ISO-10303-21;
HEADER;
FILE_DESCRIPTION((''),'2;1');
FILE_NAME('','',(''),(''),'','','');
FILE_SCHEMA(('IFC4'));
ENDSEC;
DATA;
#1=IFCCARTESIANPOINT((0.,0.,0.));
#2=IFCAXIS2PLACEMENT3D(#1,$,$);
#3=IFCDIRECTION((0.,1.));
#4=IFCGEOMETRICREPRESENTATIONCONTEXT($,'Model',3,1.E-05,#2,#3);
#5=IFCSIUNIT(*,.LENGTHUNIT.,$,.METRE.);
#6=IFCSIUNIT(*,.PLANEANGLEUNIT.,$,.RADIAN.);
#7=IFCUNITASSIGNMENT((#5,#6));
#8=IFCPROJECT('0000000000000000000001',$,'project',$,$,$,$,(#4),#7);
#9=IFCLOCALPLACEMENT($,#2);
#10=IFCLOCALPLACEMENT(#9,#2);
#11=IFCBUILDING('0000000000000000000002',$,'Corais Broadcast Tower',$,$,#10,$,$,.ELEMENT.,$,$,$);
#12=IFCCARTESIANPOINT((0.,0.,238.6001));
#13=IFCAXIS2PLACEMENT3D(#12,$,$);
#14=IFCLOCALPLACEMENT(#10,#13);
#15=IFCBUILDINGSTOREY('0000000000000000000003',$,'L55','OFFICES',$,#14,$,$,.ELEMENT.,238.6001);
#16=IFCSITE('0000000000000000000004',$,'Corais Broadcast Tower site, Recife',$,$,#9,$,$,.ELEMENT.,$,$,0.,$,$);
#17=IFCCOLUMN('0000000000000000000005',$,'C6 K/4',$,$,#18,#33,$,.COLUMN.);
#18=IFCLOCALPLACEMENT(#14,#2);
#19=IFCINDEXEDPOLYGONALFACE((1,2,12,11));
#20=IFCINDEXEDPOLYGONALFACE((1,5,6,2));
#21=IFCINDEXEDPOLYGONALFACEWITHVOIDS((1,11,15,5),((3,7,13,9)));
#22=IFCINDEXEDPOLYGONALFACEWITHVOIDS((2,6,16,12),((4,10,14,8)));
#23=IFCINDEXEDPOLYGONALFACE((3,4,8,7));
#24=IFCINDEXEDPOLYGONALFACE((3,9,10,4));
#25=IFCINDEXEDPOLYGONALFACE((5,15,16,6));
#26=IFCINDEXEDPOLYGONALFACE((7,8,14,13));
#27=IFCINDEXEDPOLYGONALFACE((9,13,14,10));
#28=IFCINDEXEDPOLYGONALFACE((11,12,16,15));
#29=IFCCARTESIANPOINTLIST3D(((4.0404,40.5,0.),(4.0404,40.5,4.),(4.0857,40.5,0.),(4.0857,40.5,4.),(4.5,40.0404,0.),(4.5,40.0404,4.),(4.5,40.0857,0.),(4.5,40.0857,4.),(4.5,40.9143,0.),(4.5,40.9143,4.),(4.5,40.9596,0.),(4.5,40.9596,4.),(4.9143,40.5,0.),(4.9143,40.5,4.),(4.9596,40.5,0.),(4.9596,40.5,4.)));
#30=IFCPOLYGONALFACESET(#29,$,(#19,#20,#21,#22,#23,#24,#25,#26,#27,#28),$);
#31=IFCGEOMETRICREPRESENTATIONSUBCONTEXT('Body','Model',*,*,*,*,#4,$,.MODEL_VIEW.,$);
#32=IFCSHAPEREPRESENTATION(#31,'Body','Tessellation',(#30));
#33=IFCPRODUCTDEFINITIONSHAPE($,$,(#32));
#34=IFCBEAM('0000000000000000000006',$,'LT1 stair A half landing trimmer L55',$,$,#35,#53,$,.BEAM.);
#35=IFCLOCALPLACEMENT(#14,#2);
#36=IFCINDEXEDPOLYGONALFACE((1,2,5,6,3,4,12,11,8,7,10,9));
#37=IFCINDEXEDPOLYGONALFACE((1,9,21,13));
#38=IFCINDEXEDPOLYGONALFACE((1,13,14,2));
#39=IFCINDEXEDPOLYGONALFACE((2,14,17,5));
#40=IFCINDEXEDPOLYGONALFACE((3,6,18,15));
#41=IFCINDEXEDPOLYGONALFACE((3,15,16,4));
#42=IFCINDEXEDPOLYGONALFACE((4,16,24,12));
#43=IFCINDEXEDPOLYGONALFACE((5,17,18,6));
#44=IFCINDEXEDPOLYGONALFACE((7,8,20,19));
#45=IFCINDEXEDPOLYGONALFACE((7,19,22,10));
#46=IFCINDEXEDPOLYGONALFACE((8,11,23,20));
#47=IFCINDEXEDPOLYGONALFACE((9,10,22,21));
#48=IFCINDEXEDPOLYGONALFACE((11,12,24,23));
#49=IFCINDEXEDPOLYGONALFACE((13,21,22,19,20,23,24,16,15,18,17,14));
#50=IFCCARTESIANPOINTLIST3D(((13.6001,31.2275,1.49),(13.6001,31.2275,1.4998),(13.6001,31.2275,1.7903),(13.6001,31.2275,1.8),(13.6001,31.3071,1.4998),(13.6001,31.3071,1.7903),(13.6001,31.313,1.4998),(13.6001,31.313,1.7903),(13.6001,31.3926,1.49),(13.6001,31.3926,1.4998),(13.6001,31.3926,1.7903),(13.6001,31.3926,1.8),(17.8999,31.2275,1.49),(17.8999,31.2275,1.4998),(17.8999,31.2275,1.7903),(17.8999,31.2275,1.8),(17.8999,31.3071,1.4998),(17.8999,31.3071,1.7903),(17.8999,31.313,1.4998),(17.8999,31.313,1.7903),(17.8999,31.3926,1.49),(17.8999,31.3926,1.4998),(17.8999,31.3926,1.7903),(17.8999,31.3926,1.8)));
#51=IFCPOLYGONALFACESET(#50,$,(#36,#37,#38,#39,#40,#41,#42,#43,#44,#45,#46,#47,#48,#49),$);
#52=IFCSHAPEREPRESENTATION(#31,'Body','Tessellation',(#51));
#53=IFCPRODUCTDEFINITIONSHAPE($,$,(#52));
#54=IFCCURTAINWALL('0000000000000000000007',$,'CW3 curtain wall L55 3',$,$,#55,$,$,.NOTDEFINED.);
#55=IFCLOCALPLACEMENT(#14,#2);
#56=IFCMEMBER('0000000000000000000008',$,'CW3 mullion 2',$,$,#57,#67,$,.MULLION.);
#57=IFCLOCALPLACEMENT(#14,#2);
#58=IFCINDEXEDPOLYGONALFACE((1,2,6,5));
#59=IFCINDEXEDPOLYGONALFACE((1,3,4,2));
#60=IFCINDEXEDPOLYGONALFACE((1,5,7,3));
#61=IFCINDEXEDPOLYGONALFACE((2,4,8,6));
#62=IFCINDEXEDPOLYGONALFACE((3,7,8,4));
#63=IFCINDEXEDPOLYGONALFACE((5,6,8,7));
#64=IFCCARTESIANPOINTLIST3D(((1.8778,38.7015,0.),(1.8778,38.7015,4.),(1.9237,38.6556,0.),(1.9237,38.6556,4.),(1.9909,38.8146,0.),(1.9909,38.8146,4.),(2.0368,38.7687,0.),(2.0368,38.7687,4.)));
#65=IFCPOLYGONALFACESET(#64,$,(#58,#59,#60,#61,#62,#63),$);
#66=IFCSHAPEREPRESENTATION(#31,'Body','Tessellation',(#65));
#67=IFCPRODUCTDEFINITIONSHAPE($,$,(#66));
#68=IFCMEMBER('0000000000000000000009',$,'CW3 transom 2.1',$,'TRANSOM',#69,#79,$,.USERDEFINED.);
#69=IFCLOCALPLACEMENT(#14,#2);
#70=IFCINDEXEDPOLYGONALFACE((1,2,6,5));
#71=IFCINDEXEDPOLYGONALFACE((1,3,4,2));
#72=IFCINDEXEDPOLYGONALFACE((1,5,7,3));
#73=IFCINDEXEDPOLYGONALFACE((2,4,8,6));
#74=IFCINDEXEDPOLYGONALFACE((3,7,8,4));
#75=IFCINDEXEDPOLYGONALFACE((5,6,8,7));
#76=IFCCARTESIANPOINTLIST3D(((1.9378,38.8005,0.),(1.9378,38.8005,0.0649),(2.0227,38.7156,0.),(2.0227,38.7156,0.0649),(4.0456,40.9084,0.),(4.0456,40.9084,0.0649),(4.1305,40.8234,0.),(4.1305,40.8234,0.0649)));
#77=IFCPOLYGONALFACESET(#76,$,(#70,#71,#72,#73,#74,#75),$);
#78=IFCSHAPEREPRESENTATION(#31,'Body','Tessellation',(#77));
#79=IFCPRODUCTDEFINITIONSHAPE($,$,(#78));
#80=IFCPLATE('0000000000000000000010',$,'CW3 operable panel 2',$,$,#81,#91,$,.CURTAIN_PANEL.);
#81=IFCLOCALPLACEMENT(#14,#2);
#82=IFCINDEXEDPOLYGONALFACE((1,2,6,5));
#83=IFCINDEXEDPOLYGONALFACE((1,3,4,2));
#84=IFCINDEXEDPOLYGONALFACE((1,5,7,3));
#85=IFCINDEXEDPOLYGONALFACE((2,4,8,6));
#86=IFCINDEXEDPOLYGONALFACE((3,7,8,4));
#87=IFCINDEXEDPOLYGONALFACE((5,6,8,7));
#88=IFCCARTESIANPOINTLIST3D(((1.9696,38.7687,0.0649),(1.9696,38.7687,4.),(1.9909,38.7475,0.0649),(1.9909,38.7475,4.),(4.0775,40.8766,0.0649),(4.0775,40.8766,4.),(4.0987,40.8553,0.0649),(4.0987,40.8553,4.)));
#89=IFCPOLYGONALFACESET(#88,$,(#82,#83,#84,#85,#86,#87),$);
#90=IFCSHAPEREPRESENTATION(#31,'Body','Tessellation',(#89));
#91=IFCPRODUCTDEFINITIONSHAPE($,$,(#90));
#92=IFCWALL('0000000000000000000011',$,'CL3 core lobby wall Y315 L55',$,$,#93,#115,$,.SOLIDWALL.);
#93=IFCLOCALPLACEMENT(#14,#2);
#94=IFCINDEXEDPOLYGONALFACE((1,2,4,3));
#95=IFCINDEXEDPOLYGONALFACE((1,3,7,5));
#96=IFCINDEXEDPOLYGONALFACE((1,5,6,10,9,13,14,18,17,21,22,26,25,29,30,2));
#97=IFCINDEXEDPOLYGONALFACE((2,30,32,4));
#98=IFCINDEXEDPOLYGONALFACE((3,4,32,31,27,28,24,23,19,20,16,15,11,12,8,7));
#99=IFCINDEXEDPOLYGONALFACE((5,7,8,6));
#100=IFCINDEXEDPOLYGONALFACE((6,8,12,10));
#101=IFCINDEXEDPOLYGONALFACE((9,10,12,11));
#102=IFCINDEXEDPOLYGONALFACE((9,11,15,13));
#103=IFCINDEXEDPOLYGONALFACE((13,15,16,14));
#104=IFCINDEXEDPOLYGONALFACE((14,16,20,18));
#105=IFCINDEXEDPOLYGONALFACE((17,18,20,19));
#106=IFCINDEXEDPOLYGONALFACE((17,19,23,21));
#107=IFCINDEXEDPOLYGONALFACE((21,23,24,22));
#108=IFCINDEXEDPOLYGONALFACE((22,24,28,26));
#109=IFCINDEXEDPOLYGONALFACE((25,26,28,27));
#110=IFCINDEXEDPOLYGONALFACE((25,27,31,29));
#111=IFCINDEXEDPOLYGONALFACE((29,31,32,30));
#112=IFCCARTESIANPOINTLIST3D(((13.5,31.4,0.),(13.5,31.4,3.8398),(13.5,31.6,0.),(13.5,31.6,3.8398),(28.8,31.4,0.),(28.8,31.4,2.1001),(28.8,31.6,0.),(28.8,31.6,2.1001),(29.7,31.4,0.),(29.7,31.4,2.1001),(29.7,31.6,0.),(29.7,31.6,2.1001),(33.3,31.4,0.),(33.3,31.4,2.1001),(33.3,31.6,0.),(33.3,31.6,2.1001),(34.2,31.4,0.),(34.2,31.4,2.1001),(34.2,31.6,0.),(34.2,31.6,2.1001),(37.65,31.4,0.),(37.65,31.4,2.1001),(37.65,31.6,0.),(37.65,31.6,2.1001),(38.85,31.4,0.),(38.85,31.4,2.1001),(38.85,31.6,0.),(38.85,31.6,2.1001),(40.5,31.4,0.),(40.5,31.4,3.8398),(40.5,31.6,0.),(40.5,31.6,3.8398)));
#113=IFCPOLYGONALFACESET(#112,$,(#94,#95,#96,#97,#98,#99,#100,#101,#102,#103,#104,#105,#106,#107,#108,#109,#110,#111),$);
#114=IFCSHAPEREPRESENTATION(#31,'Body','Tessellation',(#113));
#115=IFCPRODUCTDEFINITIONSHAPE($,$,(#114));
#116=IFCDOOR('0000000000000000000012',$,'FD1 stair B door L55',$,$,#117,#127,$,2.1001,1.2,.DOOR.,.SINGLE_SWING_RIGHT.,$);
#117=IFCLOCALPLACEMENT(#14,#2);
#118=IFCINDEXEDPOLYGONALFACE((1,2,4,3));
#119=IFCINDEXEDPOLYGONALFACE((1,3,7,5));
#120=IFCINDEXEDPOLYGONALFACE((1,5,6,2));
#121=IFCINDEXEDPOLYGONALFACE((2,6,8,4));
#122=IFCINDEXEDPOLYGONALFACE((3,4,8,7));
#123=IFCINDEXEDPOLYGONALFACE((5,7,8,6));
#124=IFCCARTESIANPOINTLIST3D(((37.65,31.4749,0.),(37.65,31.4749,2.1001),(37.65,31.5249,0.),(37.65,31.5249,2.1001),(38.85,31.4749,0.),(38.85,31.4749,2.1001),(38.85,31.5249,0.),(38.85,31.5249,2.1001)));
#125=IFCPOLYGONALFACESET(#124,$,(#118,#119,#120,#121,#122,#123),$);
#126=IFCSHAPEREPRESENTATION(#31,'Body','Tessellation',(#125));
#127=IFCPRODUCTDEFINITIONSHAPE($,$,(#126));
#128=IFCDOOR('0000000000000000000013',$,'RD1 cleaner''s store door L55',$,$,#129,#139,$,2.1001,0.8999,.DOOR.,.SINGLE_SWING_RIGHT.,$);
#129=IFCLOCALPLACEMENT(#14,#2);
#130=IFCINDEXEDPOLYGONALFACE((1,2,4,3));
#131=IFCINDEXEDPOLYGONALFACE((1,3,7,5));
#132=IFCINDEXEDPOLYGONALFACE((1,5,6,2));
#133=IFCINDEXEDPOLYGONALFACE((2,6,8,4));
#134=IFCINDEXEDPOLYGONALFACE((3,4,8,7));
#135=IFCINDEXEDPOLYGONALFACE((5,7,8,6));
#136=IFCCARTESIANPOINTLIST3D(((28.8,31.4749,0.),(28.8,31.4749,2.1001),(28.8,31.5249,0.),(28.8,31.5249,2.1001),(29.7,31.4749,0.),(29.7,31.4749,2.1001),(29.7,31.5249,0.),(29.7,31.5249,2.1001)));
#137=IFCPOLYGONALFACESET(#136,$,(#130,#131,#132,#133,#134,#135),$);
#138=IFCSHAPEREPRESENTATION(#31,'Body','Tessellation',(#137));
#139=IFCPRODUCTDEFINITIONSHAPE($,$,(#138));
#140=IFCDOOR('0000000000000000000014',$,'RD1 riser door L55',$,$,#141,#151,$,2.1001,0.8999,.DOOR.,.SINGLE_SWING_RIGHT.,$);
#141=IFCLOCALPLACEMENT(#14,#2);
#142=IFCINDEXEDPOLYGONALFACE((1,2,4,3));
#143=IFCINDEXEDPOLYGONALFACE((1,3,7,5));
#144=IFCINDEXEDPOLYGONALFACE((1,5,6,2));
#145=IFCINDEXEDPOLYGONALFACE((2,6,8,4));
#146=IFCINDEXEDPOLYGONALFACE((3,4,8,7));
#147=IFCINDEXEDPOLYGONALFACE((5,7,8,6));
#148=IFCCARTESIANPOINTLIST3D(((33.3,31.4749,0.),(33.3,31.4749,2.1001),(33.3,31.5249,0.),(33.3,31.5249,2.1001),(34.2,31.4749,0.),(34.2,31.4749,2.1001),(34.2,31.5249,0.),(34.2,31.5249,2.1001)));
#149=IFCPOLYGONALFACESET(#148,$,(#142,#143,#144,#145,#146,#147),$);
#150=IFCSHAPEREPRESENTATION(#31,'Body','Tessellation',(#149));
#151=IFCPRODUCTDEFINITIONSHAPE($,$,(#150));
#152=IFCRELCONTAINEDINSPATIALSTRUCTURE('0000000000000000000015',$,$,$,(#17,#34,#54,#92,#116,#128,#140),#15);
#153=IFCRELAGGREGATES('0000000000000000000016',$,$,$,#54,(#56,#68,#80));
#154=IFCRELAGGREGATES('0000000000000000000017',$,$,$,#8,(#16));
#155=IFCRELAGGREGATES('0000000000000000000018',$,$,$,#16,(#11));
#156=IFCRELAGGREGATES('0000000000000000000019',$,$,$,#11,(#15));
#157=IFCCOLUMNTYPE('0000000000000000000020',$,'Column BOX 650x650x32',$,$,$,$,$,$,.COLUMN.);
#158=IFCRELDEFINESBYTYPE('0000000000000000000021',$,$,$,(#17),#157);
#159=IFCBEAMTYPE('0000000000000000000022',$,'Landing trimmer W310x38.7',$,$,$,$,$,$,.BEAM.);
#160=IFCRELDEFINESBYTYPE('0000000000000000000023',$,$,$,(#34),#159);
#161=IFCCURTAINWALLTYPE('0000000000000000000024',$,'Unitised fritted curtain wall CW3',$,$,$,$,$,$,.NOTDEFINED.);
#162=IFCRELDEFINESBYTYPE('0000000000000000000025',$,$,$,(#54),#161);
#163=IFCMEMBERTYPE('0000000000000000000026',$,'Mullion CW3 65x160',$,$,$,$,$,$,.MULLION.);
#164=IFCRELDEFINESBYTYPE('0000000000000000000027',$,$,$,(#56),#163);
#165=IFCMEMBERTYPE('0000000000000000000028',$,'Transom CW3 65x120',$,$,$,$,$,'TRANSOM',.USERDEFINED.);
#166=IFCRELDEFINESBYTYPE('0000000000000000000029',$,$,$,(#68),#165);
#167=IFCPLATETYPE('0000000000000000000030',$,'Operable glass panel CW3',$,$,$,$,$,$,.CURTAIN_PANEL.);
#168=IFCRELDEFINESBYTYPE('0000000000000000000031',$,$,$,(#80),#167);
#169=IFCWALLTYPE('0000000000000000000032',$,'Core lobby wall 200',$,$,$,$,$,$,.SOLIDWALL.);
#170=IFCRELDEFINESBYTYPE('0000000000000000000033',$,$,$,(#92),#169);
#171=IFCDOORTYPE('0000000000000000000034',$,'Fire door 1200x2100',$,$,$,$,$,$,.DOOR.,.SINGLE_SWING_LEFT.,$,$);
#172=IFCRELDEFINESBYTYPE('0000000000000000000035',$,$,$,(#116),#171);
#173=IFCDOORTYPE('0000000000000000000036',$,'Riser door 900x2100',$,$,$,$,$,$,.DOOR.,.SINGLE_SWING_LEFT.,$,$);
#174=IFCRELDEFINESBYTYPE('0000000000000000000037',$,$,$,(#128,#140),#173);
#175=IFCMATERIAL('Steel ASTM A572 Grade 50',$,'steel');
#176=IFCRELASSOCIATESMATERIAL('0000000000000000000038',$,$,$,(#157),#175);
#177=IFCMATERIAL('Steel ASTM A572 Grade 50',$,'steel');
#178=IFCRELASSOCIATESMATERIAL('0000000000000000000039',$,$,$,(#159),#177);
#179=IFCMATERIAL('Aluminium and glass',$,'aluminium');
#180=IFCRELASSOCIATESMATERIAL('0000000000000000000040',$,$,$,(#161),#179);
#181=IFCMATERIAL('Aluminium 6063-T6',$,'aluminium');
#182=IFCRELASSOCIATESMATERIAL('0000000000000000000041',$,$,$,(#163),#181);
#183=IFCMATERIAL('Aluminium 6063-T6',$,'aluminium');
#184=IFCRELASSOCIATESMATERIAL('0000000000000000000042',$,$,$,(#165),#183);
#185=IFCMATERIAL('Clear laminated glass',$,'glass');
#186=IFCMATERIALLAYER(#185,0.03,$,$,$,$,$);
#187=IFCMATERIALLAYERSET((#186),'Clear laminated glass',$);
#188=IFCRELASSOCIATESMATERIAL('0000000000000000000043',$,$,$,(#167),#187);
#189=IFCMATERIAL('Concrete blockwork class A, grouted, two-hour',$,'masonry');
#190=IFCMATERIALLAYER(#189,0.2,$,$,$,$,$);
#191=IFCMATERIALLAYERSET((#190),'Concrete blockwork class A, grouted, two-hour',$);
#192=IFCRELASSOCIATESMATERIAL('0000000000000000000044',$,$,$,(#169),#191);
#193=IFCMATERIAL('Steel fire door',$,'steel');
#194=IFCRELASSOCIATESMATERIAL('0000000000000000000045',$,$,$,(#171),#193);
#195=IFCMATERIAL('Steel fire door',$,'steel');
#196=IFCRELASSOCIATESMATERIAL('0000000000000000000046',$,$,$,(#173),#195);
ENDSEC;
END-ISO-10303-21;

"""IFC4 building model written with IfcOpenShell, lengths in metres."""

from ifc_helpers import new_model, si_unit, direction, frame, frame_2d, origin, origin_2d, place, context, subcontext, project, spatial, rectangle, hollow_rectangle, i_section, extrude, material, layer, layer_set, material_profile, profile_set, type_object, element, fill, aggregate, save


model = new_model("IFC4")

# Units and contexts
model_context = context("Model", 3, precision=1e-05, world=origin(), true_north=direction((0.0, 1.0)))
body_context = subcontext(model_context, "Body", "Model", "MODEL_VIEW")
ifc_project = project(units=[si_unit("LENGTHUNIT", "METRE"), si_unit("PLANEANGLEUNIT", "RADIAN")], contexts=[model_context])

# Site, building, storey
site_placement = place(None, origin())
site = spatial("IfcSite", under=ifc_project, at=site_placement, Name="Corais Broadcast Tower site, Recife", CompositionType="ELEMENT", RefElevation=0.0)
building_placement = place(site_placement, origin())
building = spatial("IfcBuilding", under=site, at=building_placement, Name="Corais Broadcast Tower", CompositionType="ELEMENT")
storey_placement = place(building_placement, frame((0.0, 0.0, 238.6001)))
storey = spatial("IfcBuildingStorey", under=building, at=storey_placement, Name="L55", Description="OFFICES", CompositionType="ELEMENT", Elevation=238.6001)

# Column
ifc_material_1 = material(Name="Steel ASTM A572 Grade 50", Category="steel")
ifc_material_profile_1 = material_profile(ifc_material_1, hollow_rectangle(XDim=0.6499, YDim=0.6499, WallThickness=0.032, at=origin_2d()), Name="BOX 650x650x32")
ifc_profile_set_1 = profile_set([ifc_material_profile_1], Name="Steel ASTM A572 Grade 50")
column_type = type_object("IfcColumnType", Name="Column BOX 650x650x32", PredefinedType="COLUMN", material=ifc_profile_set_1)
column_placement = place(storey_placement, frame((4.5, 40.5, 0.0), z_axis=(0.0, 0.0, 1.0), x_axis=(0.707107, 0.707107, 0.0)))
element("IfcColumn", 1, at=column_placement, inside=storey, type_object=column_type, Name="C6 K/4", PredefinedType="COLUMN", context=body_context, shape_type="SweptSolid", body=[
    extrude(hollow_rectangle(XDim=0.6499, YDim=0.6499, WallThickness=0.032, at=origin_2d()), origin(), (0.0, 0.0, 1.0), 4.0),
])

# Beam
ifc_material_2 = material(Name="Steel ASTM A572 Grade 50", Category="steel")
ifc_material_profile_2 = material_profile(ifc_material_2, i_section(OverallWidth=0.165, OverallDepth=0.3101, WebThickness=0.0059, FlangeThickness=0.0098, at=origin_2d()), Name="W310x38.7")
ifc_profile_set_2 = profile_set([ifc_material_profile_2], Name="Steel ASTM A572 Grade 50")
beam_type = type_object("IfcBeamType", Name="Landing trimmer W310x38.7", PredefinedType="BEAM", material=ifc_profile_set_2)
beam_placement = place(storey_placement, frame((13.6001, 31.3101, 1.645), z_axis=(1.0, 0.0, 0.0), x_axis=(0.0, 1.0, 0.0)))
element("IfcBeam", 2, at=beam_placement, inside=storey, type_object=beam_type, Name="LT1 stair A half landing trimmer L55", PredefinedType="BEAM", context=body_context, shape_type="SweptSolid", body=[
    extrude(i_section(OverallWidth=0.165, OverallDepth=0.3101, WebThickness=0.0059, FlangeThickness=0.0098, at=origin_2d()), origin(), (0.0, 0.0, 1.0), 4.2998),
])

# Curtain wall, members, plate
ifc_material_3 = material(Name="Aluminium and glass", Category="aluminium")
curtain_wall_type = type_object("IfcCurtainWallType", Name="Unitised fritted curtain wall CW3", PredefinedType="NOTDEFINED", material=ifc_material_3)
curtain_wall_placement = place(storey_placement, origin())
curtain_wall = element("IfcCurtainWall", 3, at=curtain_wall_placement, inside=storey, type_object=curtain_wall_type, Name="CW3 curtain wall L55 3", PredefinedType="NOTDEFINED")
ifc_material_4 = material(Name="Aluminium 6063-T6", Category="aluminium")
ifc_material_profile_3 = material_profile(ifc_material_4, rectangle(XDim=0.0649, YDim=0.1599, at=origin_2d()), Name="Mullion CW3 65x160")
ifc_profile_set_3 = profile_set([ifc_material_profile_3], Name="Aluminium 6063-T6")
member_type_1 = type_object("IfcMemberType", Name="Mullion CW3 65x160", PredefinedType="MULLION", material=ifc_profile_set_3)
member_1_placement = place(storey_placement, frame((1.9573, 38.7351, 0.0), z_axis=(0.0, 0.0, 1.0), x_axis=(-0.707107, 0.707107, 0.0)))
member_1 = element("IfcMember", 4, at=member_1_placement, type_object=member_type_1, Name="CW3 mullion 2", PredefinedType="MULLION", context=body_context, shape_type="SweptSolid", body=[
    extrude(rectangle(XDim=0.0649, YDim=0.1599, at=origin_2d()), origin(), (0.0, 0.0, 1.0), 4.0),
])
ifc_material_5 = material(Name="Aluminium 6063-T6", Category="aluminium")
ifc_material_profile_4 = material_profile(ifc_material_5, rectangle(XDim=0.1201, YDim=0.0649, at=origin_2d()), Name="Transom CW3 65x120")
ifc_profile_set_4 = profile_set([ifc_material_profile_4], Name="Aluminium 6063-T6")
member_type_2 = type_object("IfcMemberType", Name="Transom CW3 65x120", ElementType="TRANSOM", PredefinedType="USERDEFINED", material=ifc_profile_set_4)
member_2_placement = place(storey_placement, frame((1.9802, 38.7581, 0.0325), z_axis=(0.707107, 0.707107, 0.0), x_axis=(-0.707107, 0.707107, 0.0)))
member_2 = element("IfcMember", 5, at=member_2_placement, type_object=member_type_2, Name="CW3 transom 2.1", ObjectType="TRANSOM", PredefinedType="USERDEFINED", context=body_context, shape_type="SweptSolid", body=[
    extrude(rectangle(XDim=0.1201, YDim=0.0649, at=origin_2d()), origin(), (0.0, 0.0, 1.0), 2.981),
])
ifc_material_6 = material(Name="Clear laminated glass", Category="glass")
ifc_layer_1 = layer(ifc_material_6, 0.03)
ifc_layer_set_1 = layer_set([ifc_layer_1], Name="Clear laminated glass")
plate_type = type_object("IfcPlateType", Name="Operable glass panel CW3", PredefinedType="CURTAIN_PANEL", material=ifc_layer_set_1)
plate_placement = place(storey_placement, frame((3.0342, 39.812, 0.0649), z_axis=(0.0, 0.0, 1.0), x_axis=(0.707107, 0.707107, 0.0)))
plate = element("IfcPlate", 6, at=plate_placement, type_object=plate_type, Name="CW3 operable panel 2", PredefinedType="CURTAIN_PANEL", context=body_context, shape_type="SweptSolid", body=[
    extrude(rectangle(XDim=2.981, YDim=0.03, at=origin_2d()), origin(), (0.0, 0.0, 1.0), 3.9351),
])
aggregate(curtain_wall, [member_1, member_2, plate])

# Wall, openings, doors
ifc_material_7 = material(Name="Concrete blockwork class A, grouted, two-hour", Category="masonry")
ifc_layer_2 = layer(ifc_material_7, 0.2)
ifc_layer_set_2 = layer_set([ifc_layer_2], Name="Concrete blockwork class A, grouted, two-hour")
wall_type_1 = type_object("IfcWallType", Name="Core lobby wall 200", PredefinedType="SOLIDWALL", material=ifc_layer_set_2)
wall_1_placement = place(storey_placement, frame((13.5, 31.5, 0.0), z_axis=(0.0, 0.0, 1.0), x_axis=(1.0, 0.0, 0.0)))
wall_1 = element("IfcWall", 7, at=wall_1_placement, inside=storey, type_object=wall_type_1, Name="CL3 core lobby wall Y315 L55", PredefinedType="SOLIDWALL", context=body_context, shape_type="SweptSolid", body=[
    extrude(rectangle(XDim=27.0, YDim=0.2, at=frame_2d((13.5, 0.0))), origin(), (0.0, 0.0, 1.0), 3.8398),
])
opening_1_placement = place(wall_1_placement, frame((24.1499, 0.0, 0.0)))
opening_1 = element("IfcOpeningElement", 8, at=opening_1_placement, cuts=wall_1, PredefinedType="OPENING", context=body_context, shape_type="SweptSolid", body=[
    extrude(rectangle(XDim=1.2, YDim=2.1001, at=frame_2d((0.6001, 1.05))), frame((0.0, 0.1099, 0.0), z_axis=(0.0, -1.0, 0.0), x_axis=(1.0, 0.0, 0.0)), (0.0, 0.0, 1.0), 0.22),
])
opening_2_placement = place(wall_1_placement, frame((15.3, 0.0, 0.0)))
opening_2 = element("IfcOpeningElement", 9, at=opening_2_placement, cuts=wall_1, PredefinedType="OPENING", context=body_context, shape_type="SweptSolid", body=[
    extrude(rectangle(XDim=0.8999, YDim=2.1001, at=frame_2d((0.45, 1.05))), frame((0.0, 0.1099, 0.0), z_axis=(0.0, -1.0, 0.0), x_axis=(1.0, 0.0, 0.0)), (0.0, 0.0, 1.0), 0.22),
])
opening_3_placement = place(wall_1_placement, frame((19.8, 0.0, 0.0)))
opening_3 = element("IfcOpeningElement", 10, at=opening_3_placement, cuts=wall_1, PredefinedType="OPENING", context=body_context, shape_type="SweptSolid", body=[
    extrude(rectangle(XDim=0.8999, YDim=2.1001, at=frame_2d((0.45, 1.05))), frame((0.0, 0.1099, 0.0), z_axis=(0.0, -1.0, 0.0), x_axis=(1.0, 0.0, 0.0)), (0.0, 0.0, 1.0), 0.22),
])
ifc_material_8 = material(Name="Steel fire door", Category="steel")
door_type_1 = type_object("IfcDoorType", Name="Fire door 1200x2100", OperationType="SINGLE_SWING_LEFT", PredefinedType="DOOR", material=ifc_material_8)
door_1_placement = place(opening_1_placement, origin())
door_1 = element("IfcDoor", 11, at=door_1_placement, inside=storey, type_object=door_type_1, Name="FD1 stair B door L55", OperationType="SINGLE_SWING_RIGHT", OverallHeight=2.1001, OverallWidth=1.2, PredefinedType="DOOR", context=body_context, shape_type="SweptSolid", body=[
    extrude(rectangle(XDim=1.2, YDim=2.1001, at=frame_2d((0.6001, 1.05))), frame((0.0, 0.0249, 0.0), z_axis=(0.0, -1.0, 0.0), x_axis=(1.0, 0.0, 0.0)), (0.0, 0.0, 1.0), 0.05),
])
fill(opening_1, door_1)
ifc_material_9 = material(Name="Steel fire door", Category="steel")
door_type_2 = type_object("IfcDoorType", Name="Riser door 900x2100", OperationType="SINGLE_SWING_LEFT", PredefinedType="DOOR", material=ifc_material_9)
door_2_placement = place(opening_2_placement, origin())
door_2 = element("IfcDoor", 12, at=door_2_placement, inside=storey, type_object=door_type_2, Name="RD1 cleaner's store door L55", OperationType="SINGLE_SWING_RIGHT", OverallHeight=2.1001, OverallWidth=0.8999, PredefinedType="DOOR", context=body_context, shape_type="SweptSolid", body=[
    extrude(rectangle(XDim=0.8999, YDim=2.1001, at=frame_2d((0.45, 1.05))), frame((0.0, 0.0249, 0.0), z_axis=(0.0, -1.0, 0.0), x_axis=(1.0, 0.0, 0.0)), (0.0, 0.0, 1.0), 0.05),
])
fill(opening_2, door_2)
door_3_placement = place(opening_3_placement, origin())
door_3 = element("IfcDoor", 13, at=door_3_placement, inside=storey, type_object=door_type_2, Name="RD1 riser door L55", OperationType="SINGLE_SWING_RIGHT", OverallHeight=2.1001, OverallWidth=0.8999, PredefinedType="DOOR", context=body_context, shape_type="SweptSolid", body=[
    extrude(rectangle(XDim=0.8999, YDim=2.1001, at=frame_2d((0.45, 1.05))), frame((0.0, 0.0249, 0.0), z_axis=(0.0, -1.0, 0.0), x_axis=(1.0, 0.0, 0.0)), (0.0, 0.0, 1.0), 0.05),
])
fill(opening_3, door_3)

save(model, "model.ifc")
